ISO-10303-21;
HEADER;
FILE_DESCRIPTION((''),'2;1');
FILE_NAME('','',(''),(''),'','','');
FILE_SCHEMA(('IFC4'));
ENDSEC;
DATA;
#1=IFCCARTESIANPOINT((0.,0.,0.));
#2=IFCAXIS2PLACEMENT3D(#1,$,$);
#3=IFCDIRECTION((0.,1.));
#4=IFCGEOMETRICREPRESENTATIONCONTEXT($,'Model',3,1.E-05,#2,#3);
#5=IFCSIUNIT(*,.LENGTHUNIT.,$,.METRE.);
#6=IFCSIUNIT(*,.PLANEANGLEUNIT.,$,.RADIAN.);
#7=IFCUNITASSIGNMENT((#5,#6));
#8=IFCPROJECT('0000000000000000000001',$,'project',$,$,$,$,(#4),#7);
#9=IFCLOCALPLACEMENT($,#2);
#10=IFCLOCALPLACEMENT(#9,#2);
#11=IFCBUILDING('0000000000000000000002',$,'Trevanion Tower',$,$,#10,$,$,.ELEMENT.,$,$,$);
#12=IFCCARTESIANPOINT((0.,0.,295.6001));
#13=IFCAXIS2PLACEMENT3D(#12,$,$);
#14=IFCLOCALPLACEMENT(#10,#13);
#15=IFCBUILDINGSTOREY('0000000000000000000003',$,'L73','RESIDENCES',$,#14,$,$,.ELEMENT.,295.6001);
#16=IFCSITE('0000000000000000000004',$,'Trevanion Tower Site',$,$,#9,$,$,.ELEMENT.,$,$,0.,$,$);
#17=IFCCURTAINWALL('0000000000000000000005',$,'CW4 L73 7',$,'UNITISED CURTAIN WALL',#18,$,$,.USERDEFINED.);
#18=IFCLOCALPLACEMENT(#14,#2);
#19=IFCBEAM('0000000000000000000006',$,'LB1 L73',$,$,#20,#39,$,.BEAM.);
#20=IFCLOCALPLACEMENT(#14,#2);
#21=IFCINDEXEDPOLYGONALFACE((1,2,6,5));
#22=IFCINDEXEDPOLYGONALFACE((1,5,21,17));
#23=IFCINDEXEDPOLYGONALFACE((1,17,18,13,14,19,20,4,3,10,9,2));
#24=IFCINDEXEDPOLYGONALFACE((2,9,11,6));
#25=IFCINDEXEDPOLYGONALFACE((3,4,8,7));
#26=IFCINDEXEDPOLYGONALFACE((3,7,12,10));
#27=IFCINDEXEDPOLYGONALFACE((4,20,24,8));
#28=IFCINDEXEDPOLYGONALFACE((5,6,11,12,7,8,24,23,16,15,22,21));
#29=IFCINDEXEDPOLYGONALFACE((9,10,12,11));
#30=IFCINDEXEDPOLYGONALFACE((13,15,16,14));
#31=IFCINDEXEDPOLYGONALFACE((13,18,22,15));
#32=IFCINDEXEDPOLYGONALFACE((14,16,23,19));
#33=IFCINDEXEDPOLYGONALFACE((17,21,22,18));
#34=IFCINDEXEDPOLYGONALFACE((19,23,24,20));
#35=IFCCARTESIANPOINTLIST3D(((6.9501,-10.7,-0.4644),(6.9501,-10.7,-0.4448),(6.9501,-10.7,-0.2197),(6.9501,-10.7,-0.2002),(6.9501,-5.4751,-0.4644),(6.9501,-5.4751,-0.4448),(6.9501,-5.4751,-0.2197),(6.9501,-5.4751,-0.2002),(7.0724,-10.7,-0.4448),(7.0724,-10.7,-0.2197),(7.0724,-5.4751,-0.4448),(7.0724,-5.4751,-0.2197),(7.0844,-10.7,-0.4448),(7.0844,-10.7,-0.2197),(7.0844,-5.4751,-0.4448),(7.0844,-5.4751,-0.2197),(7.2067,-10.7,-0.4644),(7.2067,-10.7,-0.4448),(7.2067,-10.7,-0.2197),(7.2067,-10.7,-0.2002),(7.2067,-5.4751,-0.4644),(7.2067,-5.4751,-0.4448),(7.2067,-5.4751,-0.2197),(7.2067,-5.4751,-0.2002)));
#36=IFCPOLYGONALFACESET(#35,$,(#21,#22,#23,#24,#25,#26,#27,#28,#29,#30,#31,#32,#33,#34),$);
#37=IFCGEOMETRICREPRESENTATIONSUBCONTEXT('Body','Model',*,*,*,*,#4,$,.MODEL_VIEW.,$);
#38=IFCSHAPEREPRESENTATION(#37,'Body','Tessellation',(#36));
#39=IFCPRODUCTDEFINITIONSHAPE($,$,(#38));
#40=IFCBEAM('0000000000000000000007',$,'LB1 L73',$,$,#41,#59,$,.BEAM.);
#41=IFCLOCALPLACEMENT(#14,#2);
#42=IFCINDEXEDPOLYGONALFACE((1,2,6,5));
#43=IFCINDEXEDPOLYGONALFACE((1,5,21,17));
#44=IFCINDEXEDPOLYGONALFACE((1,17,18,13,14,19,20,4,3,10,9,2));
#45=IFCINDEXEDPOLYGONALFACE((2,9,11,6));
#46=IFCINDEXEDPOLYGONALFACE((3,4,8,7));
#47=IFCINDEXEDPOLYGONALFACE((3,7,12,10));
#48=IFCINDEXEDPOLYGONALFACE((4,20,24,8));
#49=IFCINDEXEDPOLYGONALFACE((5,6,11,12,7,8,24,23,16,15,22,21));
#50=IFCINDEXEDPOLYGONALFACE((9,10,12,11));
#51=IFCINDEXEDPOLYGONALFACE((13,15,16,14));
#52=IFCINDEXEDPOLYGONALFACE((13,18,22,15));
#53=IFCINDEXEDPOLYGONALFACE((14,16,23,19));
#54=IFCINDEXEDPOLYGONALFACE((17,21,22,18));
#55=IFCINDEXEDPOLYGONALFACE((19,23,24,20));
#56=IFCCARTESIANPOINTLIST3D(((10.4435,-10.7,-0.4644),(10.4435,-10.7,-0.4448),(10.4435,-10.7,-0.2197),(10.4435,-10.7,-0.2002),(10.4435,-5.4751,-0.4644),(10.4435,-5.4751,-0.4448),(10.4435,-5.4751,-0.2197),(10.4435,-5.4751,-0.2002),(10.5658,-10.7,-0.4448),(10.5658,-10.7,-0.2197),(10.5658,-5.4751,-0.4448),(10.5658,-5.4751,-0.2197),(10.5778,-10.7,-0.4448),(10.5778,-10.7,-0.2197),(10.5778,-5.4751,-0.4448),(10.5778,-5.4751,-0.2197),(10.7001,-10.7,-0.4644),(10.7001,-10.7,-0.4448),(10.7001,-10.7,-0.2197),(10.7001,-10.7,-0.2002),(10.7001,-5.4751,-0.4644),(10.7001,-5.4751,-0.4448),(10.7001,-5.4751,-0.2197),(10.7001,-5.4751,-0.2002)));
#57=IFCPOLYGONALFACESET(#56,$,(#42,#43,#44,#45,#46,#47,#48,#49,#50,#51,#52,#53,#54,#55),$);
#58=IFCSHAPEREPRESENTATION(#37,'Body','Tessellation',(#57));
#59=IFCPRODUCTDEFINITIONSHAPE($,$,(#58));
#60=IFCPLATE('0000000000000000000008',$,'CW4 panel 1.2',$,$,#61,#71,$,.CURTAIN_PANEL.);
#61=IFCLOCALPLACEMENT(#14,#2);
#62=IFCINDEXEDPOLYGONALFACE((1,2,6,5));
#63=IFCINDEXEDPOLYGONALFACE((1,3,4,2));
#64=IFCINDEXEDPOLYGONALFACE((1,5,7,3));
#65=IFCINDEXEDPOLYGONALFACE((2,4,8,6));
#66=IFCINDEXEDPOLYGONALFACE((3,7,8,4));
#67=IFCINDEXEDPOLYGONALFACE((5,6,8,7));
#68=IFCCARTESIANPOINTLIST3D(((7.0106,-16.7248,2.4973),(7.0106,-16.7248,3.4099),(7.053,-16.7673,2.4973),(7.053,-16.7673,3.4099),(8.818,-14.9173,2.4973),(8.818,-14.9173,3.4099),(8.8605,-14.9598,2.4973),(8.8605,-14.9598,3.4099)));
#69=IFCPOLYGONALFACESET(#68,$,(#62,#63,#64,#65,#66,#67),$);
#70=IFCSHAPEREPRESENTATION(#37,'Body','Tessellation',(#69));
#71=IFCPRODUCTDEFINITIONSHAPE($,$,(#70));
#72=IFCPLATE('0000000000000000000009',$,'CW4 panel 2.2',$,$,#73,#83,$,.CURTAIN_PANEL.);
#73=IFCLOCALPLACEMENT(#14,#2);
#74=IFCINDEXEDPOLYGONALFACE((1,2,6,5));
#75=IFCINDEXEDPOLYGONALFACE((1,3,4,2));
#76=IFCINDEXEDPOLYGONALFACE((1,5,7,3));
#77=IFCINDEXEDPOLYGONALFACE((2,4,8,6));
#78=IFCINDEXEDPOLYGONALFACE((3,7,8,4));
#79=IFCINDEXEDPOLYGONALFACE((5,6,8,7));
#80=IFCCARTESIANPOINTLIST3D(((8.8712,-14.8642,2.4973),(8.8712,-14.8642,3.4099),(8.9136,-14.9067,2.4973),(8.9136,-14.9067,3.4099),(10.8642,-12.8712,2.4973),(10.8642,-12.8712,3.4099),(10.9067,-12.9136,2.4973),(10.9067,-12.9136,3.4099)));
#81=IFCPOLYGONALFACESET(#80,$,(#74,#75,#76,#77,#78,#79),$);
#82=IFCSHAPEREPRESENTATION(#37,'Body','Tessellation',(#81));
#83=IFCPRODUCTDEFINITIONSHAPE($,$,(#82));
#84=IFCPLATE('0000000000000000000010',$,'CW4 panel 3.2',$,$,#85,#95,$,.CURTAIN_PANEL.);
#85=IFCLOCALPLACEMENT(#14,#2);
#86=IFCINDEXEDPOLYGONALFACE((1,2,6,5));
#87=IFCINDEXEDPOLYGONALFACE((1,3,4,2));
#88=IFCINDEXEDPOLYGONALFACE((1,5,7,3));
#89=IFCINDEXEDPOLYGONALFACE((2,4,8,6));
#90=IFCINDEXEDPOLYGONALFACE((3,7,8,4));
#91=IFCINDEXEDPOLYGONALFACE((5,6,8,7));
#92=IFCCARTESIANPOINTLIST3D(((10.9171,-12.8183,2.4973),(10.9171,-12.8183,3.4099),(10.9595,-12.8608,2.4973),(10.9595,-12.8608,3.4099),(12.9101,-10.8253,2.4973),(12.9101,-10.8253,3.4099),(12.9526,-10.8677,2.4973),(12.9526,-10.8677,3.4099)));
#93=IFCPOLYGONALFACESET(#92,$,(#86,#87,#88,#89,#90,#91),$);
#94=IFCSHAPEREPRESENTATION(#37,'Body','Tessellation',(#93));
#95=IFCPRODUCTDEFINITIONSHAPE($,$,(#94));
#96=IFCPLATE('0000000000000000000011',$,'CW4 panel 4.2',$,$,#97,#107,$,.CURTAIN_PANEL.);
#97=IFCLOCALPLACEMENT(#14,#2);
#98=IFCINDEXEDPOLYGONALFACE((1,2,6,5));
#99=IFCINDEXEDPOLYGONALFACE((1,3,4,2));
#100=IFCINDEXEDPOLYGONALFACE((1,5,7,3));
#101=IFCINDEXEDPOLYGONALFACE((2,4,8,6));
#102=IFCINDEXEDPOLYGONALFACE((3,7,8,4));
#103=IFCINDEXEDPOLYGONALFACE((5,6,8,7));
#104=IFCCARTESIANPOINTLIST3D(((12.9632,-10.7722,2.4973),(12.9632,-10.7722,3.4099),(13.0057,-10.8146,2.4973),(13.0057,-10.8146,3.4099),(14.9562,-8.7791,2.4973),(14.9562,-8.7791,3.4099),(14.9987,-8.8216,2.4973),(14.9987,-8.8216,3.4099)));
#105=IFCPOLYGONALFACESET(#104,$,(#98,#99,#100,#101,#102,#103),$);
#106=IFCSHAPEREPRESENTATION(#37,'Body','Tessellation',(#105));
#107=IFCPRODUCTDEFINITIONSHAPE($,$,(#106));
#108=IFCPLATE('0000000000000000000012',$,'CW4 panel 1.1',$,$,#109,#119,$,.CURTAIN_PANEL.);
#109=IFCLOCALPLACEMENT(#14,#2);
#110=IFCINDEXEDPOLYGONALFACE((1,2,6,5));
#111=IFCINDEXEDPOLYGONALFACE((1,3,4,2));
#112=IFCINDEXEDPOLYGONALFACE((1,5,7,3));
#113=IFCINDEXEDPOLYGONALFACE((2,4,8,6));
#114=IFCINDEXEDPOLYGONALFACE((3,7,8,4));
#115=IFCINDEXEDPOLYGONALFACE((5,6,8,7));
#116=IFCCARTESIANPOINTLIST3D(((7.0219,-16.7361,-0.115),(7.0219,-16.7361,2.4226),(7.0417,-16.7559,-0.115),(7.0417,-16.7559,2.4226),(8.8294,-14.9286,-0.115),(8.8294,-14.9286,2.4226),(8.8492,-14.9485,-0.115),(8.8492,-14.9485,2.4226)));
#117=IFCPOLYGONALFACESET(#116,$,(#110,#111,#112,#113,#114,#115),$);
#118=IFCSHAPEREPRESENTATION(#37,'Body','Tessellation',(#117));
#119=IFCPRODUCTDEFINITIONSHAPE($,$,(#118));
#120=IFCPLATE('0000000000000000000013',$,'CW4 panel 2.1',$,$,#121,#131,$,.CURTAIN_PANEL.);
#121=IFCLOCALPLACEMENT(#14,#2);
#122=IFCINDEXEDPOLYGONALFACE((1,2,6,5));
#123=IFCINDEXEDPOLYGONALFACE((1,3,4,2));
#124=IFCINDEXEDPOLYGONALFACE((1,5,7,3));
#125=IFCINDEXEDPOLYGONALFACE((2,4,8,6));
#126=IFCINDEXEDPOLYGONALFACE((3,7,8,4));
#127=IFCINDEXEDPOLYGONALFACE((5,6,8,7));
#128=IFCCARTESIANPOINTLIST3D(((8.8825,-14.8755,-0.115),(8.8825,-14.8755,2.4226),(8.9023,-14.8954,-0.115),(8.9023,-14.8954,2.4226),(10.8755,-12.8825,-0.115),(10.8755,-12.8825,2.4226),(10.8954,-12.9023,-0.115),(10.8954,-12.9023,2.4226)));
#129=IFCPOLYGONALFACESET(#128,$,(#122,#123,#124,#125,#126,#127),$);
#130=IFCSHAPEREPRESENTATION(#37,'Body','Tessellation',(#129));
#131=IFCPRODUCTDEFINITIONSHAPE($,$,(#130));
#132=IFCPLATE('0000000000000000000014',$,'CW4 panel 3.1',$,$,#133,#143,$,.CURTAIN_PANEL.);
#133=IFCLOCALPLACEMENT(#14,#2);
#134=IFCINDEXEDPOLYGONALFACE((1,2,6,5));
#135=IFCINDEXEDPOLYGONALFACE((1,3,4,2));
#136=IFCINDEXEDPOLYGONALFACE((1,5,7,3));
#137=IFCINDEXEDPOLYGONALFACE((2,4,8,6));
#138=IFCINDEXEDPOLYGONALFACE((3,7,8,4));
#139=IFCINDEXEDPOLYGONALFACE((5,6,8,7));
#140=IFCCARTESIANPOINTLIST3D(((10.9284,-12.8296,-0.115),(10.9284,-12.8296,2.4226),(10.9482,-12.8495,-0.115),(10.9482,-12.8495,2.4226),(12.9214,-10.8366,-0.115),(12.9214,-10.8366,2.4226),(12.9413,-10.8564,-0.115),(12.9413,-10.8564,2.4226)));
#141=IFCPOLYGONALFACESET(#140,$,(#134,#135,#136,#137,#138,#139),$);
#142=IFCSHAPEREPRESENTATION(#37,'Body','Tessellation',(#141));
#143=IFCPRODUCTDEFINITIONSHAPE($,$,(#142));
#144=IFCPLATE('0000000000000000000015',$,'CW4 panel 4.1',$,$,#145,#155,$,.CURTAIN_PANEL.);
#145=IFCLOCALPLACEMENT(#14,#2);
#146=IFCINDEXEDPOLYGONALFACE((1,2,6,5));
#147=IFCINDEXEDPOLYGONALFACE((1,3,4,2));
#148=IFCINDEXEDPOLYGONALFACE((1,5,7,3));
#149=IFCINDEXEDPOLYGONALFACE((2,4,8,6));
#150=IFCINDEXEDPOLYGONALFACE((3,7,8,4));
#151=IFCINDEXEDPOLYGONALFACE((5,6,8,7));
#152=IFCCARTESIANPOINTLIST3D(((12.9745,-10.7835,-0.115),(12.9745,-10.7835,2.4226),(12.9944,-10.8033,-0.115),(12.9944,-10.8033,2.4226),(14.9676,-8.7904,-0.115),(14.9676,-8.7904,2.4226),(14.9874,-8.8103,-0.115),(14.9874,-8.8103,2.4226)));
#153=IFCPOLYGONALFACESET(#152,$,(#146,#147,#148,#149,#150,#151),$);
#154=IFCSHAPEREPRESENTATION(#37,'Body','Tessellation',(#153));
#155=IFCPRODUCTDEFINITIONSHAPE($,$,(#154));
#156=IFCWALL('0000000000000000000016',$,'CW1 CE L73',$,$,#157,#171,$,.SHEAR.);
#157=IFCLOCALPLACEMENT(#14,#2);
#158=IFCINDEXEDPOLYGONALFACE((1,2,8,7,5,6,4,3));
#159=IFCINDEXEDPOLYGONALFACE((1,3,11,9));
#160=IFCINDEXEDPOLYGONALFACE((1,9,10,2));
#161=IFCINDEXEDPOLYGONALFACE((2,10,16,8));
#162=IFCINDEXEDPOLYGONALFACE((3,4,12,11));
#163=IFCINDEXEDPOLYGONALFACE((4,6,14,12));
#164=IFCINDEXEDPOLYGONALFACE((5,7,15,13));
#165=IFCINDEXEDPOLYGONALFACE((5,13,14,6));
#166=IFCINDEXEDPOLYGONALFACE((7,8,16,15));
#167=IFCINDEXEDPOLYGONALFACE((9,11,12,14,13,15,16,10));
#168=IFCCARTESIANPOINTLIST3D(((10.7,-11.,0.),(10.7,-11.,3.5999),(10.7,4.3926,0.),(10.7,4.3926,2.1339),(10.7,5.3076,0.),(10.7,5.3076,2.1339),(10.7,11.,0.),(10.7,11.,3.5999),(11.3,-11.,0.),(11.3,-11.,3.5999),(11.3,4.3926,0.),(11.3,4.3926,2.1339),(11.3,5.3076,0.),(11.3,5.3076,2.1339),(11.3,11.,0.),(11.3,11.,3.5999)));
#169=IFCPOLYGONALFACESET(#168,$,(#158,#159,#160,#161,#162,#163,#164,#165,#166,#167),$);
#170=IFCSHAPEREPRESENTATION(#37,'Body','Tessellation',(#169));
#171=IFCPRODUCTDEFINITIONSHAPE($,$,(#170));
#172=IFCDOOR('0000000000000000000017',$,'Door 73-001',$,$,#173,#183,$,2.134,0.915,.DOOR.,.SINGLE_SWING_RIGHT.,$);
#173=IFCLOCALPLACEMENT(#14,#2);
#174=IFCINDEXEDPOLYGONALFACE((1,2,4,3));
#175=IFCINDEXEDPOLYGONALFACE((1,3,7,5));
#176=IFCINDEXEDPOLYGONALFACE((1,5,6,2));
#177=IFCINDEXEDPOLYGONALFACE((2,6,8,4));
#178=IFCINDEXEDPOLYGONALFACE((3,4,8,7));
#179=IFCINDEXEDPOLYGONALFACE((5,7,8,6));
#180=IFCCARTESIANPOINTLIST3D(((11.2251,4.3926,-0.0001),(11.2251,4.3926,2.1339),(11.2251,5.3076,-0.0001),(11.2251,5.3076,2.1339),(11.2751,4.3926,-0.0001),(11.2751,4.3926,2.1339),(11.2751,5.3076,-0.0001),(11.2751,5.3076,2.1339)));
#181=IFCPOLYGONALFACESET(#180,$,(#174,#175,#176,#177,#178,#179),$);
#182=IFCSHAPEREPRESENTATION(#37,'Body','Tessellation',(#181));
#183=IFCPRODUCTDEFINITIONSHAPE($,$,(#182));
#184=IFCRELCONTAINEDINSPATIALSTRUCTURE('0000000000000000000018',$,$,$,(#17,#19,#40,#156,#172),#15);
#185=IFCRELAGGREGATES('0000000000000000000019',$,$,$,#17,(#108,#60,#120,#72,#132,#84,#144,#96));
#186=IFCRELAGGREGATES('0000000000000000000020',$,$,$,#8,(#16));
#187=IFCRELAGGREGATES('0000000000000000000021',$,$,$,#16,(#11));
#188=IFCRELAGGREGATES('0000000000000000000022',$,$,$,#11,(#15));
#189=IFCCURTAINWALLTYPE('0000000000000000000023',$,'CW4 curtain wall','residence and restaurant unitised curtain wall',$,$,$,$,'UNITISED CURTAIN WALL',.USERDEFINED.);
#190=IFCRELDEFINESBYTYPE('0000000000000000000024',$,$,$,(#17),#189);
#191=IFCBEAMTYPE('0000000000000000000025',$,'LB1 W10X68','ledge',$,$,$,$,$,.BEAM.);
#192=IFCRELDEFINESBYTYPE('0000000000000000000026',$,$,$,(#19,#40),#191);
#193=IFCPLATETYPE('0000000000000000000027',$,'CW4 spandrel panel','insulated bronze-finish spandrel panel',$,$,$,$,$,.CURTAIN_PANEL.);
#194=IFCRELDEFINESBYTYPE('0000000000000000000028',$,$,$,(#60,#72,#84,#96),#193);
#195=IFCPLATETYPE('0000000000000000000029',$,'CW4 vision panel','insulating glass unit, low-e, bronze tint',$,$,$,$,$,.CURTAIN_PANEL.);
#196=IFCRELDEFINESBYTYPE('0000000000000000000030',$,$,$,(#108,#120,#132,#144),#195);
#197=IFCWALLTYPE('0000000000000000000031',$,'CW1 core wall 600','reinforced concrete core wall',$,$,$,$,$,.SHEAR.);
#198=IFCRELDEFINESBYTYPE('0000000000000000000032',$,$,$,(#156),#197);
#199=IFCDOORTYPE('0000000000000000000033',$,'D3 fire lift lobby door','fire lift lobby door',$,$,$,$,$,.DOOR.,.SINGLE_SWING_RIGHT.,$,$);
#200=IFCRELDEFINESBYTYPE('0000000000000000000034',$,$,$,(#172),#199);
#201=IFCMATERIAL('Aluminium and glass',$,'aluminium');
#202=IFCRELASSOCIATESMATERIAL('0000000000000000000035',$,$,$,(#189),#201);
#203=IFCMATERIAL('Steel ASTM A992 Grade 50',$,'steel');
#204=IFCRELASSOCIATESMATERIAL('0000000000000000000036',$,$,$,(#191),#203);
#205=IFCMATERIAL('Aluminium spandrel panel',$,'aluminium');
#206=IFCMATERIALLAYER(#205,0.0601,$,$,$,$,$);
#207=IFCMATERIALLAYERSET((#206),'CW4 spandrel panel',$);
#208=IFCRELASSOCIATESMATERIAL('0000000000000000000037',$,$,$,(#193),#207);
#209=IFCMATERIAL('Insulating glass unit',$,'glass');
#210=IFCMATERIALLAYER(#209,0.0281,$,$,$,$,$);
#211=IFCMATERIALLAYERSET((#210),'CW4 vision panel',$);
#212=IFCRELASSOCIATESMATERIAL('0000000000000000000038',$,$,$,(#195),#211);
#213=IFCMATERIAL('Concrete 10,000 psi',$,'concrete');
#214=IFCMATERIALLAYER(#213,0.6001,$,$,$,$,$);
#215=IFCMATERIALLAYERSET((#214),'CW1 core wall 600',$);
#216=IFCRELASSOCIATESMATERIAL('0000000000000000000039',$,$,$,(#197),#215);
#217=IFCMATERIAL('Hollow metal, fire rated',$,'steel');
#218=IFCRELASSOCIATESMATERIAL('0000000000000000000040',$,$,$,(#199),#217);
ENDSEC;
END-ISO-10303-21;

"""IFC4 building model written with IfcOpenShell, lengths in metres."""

from ifc_helpers import new_model, si_unit, direction, frame, frame_2d, origin, origin_2d, place, context, subcontext, project, spatial, rectangle, i_section, extrude, material, layer, layer_set, material_profile, profile_set, type_object, element, fill, aggregate, save


model = new_model("IFC4")

# Units and contexts
model_context = context("Model", 3, precision=1e-05, world=origin(), true_north=direction((0.0, 1.0)))
body_context = subcontext(model_context, "Body", "Model", "MODEL_VIEW")
ifc_project = project(units=[si_unit("LENGTHUNIT", "METRE"), si_unit("PLANEANGLEUNIT", "RADIAN")], contexts=[model_context])

# Site, building, storey
site_placement = place(None, origin())
site = spatial("IfcSite", under=ifc_project, at=site_placement, Name="Trevanion Tower Site", CompositionType="ELEMENT", RefElevation=0.0)
building_placement = place(site_placement, origin())
building = spatial("IfcBuilding", under=site, at=building_placement, Name="Trevanion Tower", CompositionType="ELEMENT")
storey_placement = place(building_placement, frame((0.0, 0.0, 295.6001)))
storey = spatial("IfcBuildingStorey", under=building, at=storey_placement, Name="L73", Description="RESIDENCES", CompositionType="ELEMENT", Elevation=295.6001)

# Curtain wall
ifc_material_1 = material(Name="Aluminium and glass", Category="aluminium")
curtain_wall_type = type_object("IfcCurtainWallType", Name="CW4 curtain wall", Description="residence and restaurant unitised curtain wall", ElementType="UNITISED CURTAIN WALL", PredefinedType="USERDEFINED", material=ifc_material_1)
curtain_wall_placement = place(storey_placement, origin())
curtain_wall = element("IfcCurtainWall", 1, at=curtain_wall_placement, inside=storey, type_object=curtain_wall_type, Name="CW4 L73 7", ObjectType="UNITISED CURTAIN WALL", PredefinedType="USERDEFINED")

# Beams
ifc_material_2 = material(Name="Steel ASTM A992 Grade 50", Category="steel")
ifc_material_profile_1 = material_profile(ifc_material_2, i_section(OverallWidth=0.2566, OverallDepth=0.2642, WebThickness=0.012, FlangeThickness=0.0195, at=origin_2d()), Name="W10X68")
ifc_profile_set_1 = profile_set([ifc_material_profile_1], Name="Steel ASTM A992 Grade 50")
beam_type = type_object("IfcBeamType", Name="LB1 W10X68", Description="ledge", PredefinedType="BEAM", material=ifc_profile_set_1)
for number, where, z_axis, x_axis, name in (
    (2, (7.0784, -10.7, -0.3323), (0.0, 1.0, 0.0), (-1.0, 0.0, 0.0), "LB1 L73"),
    (3, (10.5718, -10.7, -0.3323), (0.0, 1.0, 0.0), (-1.0, 0.0, 0.0), "LB1 L73"),
):
    element("IfcBeam", number, at=place(storey_placement, frame(where, z_axis=z_axis, x_axis=x_axis)), inside=storey, type_object=beam_type, Name=name, PredefinedType="BEAM", context=body_context, shape_type="SweptSolid", body=[
        extrude(i_section(OverallWidth=0.2566, OverallDepth=0.2642, WebThickness=0.012, FlangeThickness=0.0195, at=origin_2d()), origin(), (0.0, 0.0, 1.0), 5.2249),
    ])

# Plates
ifc_material_3 = material(Name="Aluminium spandrel panel", Category="aluminium")
ifc_layer_1 = layer(ifc_material_3, 0.0601)
ifc_layer_set_1 = layer_set([ifc_layer_1], Name="CW4 spandrel panel")
plate_type_1 = type_object("IfcPlateType", Name="CW4 spandrel panel", Description="insulated bronze-finish spandrel panel", PredefinedType="CURTAIN_PANEL", material=ifc_layer_set_1)
plate_1_placement = place(storey_placement, frame((7.9355, -15.8423, 2.4973), z_axis=(0.0, 0.0, 1.0), x_axis=(0.707107, 0.707107, 0.0)))
plate_1 = element("IfcPlate", 4, at=plate_1_placement, type_object=plate_type_1, Name="CW4 panel 1.2", PredefinedType="CURTAIN_PANEL", context=body_context, shape_type="SweptSolid", body=[
    extrude(rectangle(XDim=2.5562, YDim=0.0601, at=origin_2d()), origin(), (0.0, 0.0, 1.0), 0.9126),
])
plate_2_placement = place(storey_placement, frame((9.8889, -13.8889, 2.4973), z_axis=(0.0, 0.0, 1.0), x_axis=(0.707107, 0.707107, 0.0)))
plate_2 = element("IfcPlate", 5, at=plate_2_placement, type_object=plate_type_1, Name="CW4 panel 2.2", PredefinedType="CURTAIN_PANEL", context=body_context, shape_type="SweptSolid", body=[
    extrude(rectangle(XDim=2.8186, YDim=0.0601, at=origin_2d()), origin(), (0.0, 0.0, 1.0), 0.9126),
])
plate_3_placement = place(storey_placement, frame((11.9348, -11.843, 2.4973), z_axis=(0.0, 0.0, 1.0), x_axis=(0.707107, 0.707107, 0.0)))
plate_3 = element("IfcPlate", 6, at=plate_3_placement, type_object=plate_type_1, Name="CW4 panel 3.2", PredefinedType="CURTAIN_PANEL", context=body_context, shape_type="SweptSolid", body=[
    extrude(rectangle(XDim=2.8186, YDim=0.0601, at=origin_2d()), origin(), (0.0, 0.0, 1.0), 0.9126),
])
plate_4_placement = place(storey_placement, frame((13.981, -9.7969, 2.4973), z_axis=(0.0, 0.0, 1.0), x_axis=(0.707107, 0.707107, 0.0)))
plate_4 = element("IfcPlate", 7, at=plate_4_placement, type_object=plate_type_1, Name="CW4 panel 4.2", PredefinedType="CURTAIN_PANEL", context=body_context, shape_type="SweptSolid", body=[
    extrude(rectangle(XDim=2.8186, YDim=0.0601, at=origin_2d()), origin(), (0.0, 0.0, 1.0), 0.9126),
])
ifc_material_4 = material(Name="Insulating glass unit", Category="glass")
ifc_layer_2 = layer(ifc_material_4, 0.0281)
ifc_layer_set_2 = layer_set([ifc_layer_2], Name="CW4 vision panel")
plate_type_2 = type_object("IfcPlateType", Name="CW4 vision panel", Description="insulating glass unit, low-e, bronze tint", PredefinedType="CURTAIN_PANEL", material=ifc_layer_set_2)
plate_5_placement = place(storey_placement, frame((7.9355, -15.8423, -0.115), z_axis=(0.0, 0.0, 1.0), x_axis=(0.707107, 0.707107, 0.0)))
plate_5 = element("IfcPlate", 8, at=plate_5_placement, type_object=plate_type_2, Name="CW4 panel 1.1", PredefinedType="CURTAIN_PANEL", context=body_context, shape_type="SweptSolid", body=[
    extrude(rectangle(XDim=2.5562, YDim=0.0281, at=origin_2d()), origin(), (0.0, 0.0, 1.0), 2.5376),
])
plate_6_placement = place(storey_placement, frame((9.8889, -13.8889, -0.115), z_axis=(0.0, 0.0, 1.0), x_axis=(0.707107, 0.707107, 0.0)))
plate_6 = element("IfcPlate", 9, at=plate_6_placement, type_object=plate_type_2, Name="CW4 panel 2.1", PredefinedType="CURTAIN_PANEL", context=body_context, shape_type="SweptSolid", body=[
    extrude(rectangle(XDim=2.8186, YDim=0.0281, at=origin_2d()), origin(), (0.0, 0.0, 1.0), 2.5376),
])
plate_7_placement = place(storey_placement, frame((11.9348, -11.843, -0.115), z_axis=(0.0, 0.0, 1.0), x_axis=(0.707107, 0.707107, 0.0)))
plate_7 = element("IfcPlate", 10, at=plate_7_placement, type_object=plate_type_2, Name="CW4 panel 3.1", PredefinedType="CURTAIN_PANEL", context=body_context, shape_type="SweptSolid", body=[
    extrude(rectangle(XDim=2.8186, YDim=0.0281, at=origin_2d()), origin(), (0.0, 0.0, 1.0), 2.5376),
])
plate_8_placement = place(storey_placement, frame((13.981, -9.7969, -0.115), z_axis=(0.0, 0.0, 1.0), x_axis=(0.707107, 0.707107, 0.0)))
plate_8 = element("IfcPlate", 11, at=plate_8_placement, type_object=plate_type_2, Name="CW4 panel 4.1", PredefinedType="CURTAIN_PANEL", context=body_context, shape_type="SweptSolid", body=[
    extrude(rectangle(XDim=2.8186, YDim=0.0281, at=origin_2d()), origin(), (0.0, 0.0, 1.0), 2.5376),
])
aggregate(curtain_wall, [plate_5, plate_1, plate_6, plate_2, plate_7, plate_3, plate_8, plate_4])

# Wall, opening, door
ifc_material_5 = material(Name="Concrete 10,000 psi", Category="concrete")
ifc_layer_3 = layer(ifc_material_5, 0.6001)
ifc_layer_set_3 = layer_set([ifc_layer_3], Name="CW1 core wall 600")
wall_type_1 = type_object("IfcWallType", Name="CW1 core wall 600", Description="reinforced concrete core wall", PredefinedType="SHEAR", material=ifc_layer_set_3)
wall_1_placement = place(storey_placement, frame((11.0, -11.0, 0.0), z_axis=(0.0, 0.0, 1.0), x_axis=(0.0, 1.0, 0.0)))
wall_1 = element("IfcWall", 12, at=wall_1_placement, inside=storey, type_object=wall_type_1, Name="CW1 CE L73", PredefinedType="SHEAR", context=body_context, shape_type="SweptSolid", body=[
    extrude(rectangle(XDim=22.0, YDim=0.6001, at=frame_2d((11.0, 0.0))), origin(), (0.0, 0.0, 1.0), 3.5999),
])
opening_placement = place(wall_1_placement, frame((15.3926, 0.0, 0.0)))
opening = element("IfcOpeningElement", 13, at=opening_placement, cuts=wall_1, PredefinedType="OPENING", context=body_context, shape_type="SweptSolid", body=[
    extrude(rectangle(XDim=0.915, YDim=2.134, at=frame_2d((0.4575, 1.0669))), frame((0.0, 0.3101, 0.0), z_axis=(0.0, -1.0, 0.0), x_axis=(1.0, 0.0, 0.0)), (0.0, 0.0, 1.0), 0.6201),
])
ifc_material_6 = material(Name="Hollow metal, fire rated", Category="steel")
door_type = type_object("IfcDoorType", Name="D3 fire lift lobby door", Description="fire lift lobby door", OperationType="SINGLE_SWING_RIGHT", PredefinedType="DOOR", material=ifc_material_6)
door_placement = place(opening_placement, origin())
door = element("IfcDoor", 14, at=door_placement, inside=storey, type_object=door_type, Name="Door 73-001", OperationType="SINGLE_SWING_RIGHT", OverallHeight=2.134, OverallWidth=0.915, PredefinedType="DOOR", context=body_context, shape_type="SweptSolid", body=[
    extrude(rectangle(XDim=0.915, YDim=2.134, at=frame_2d((0.4575, 1.0669))), frame((0.0, -0.2251, 0.0), z_axis=(0.0, -1.0, 0.0), x_axis=(1.0, 0.0, 0.0)), (0.0, 0.0, 1.0), 0.05),
])
fill(opening, door)

save(model, "model.ifc")
